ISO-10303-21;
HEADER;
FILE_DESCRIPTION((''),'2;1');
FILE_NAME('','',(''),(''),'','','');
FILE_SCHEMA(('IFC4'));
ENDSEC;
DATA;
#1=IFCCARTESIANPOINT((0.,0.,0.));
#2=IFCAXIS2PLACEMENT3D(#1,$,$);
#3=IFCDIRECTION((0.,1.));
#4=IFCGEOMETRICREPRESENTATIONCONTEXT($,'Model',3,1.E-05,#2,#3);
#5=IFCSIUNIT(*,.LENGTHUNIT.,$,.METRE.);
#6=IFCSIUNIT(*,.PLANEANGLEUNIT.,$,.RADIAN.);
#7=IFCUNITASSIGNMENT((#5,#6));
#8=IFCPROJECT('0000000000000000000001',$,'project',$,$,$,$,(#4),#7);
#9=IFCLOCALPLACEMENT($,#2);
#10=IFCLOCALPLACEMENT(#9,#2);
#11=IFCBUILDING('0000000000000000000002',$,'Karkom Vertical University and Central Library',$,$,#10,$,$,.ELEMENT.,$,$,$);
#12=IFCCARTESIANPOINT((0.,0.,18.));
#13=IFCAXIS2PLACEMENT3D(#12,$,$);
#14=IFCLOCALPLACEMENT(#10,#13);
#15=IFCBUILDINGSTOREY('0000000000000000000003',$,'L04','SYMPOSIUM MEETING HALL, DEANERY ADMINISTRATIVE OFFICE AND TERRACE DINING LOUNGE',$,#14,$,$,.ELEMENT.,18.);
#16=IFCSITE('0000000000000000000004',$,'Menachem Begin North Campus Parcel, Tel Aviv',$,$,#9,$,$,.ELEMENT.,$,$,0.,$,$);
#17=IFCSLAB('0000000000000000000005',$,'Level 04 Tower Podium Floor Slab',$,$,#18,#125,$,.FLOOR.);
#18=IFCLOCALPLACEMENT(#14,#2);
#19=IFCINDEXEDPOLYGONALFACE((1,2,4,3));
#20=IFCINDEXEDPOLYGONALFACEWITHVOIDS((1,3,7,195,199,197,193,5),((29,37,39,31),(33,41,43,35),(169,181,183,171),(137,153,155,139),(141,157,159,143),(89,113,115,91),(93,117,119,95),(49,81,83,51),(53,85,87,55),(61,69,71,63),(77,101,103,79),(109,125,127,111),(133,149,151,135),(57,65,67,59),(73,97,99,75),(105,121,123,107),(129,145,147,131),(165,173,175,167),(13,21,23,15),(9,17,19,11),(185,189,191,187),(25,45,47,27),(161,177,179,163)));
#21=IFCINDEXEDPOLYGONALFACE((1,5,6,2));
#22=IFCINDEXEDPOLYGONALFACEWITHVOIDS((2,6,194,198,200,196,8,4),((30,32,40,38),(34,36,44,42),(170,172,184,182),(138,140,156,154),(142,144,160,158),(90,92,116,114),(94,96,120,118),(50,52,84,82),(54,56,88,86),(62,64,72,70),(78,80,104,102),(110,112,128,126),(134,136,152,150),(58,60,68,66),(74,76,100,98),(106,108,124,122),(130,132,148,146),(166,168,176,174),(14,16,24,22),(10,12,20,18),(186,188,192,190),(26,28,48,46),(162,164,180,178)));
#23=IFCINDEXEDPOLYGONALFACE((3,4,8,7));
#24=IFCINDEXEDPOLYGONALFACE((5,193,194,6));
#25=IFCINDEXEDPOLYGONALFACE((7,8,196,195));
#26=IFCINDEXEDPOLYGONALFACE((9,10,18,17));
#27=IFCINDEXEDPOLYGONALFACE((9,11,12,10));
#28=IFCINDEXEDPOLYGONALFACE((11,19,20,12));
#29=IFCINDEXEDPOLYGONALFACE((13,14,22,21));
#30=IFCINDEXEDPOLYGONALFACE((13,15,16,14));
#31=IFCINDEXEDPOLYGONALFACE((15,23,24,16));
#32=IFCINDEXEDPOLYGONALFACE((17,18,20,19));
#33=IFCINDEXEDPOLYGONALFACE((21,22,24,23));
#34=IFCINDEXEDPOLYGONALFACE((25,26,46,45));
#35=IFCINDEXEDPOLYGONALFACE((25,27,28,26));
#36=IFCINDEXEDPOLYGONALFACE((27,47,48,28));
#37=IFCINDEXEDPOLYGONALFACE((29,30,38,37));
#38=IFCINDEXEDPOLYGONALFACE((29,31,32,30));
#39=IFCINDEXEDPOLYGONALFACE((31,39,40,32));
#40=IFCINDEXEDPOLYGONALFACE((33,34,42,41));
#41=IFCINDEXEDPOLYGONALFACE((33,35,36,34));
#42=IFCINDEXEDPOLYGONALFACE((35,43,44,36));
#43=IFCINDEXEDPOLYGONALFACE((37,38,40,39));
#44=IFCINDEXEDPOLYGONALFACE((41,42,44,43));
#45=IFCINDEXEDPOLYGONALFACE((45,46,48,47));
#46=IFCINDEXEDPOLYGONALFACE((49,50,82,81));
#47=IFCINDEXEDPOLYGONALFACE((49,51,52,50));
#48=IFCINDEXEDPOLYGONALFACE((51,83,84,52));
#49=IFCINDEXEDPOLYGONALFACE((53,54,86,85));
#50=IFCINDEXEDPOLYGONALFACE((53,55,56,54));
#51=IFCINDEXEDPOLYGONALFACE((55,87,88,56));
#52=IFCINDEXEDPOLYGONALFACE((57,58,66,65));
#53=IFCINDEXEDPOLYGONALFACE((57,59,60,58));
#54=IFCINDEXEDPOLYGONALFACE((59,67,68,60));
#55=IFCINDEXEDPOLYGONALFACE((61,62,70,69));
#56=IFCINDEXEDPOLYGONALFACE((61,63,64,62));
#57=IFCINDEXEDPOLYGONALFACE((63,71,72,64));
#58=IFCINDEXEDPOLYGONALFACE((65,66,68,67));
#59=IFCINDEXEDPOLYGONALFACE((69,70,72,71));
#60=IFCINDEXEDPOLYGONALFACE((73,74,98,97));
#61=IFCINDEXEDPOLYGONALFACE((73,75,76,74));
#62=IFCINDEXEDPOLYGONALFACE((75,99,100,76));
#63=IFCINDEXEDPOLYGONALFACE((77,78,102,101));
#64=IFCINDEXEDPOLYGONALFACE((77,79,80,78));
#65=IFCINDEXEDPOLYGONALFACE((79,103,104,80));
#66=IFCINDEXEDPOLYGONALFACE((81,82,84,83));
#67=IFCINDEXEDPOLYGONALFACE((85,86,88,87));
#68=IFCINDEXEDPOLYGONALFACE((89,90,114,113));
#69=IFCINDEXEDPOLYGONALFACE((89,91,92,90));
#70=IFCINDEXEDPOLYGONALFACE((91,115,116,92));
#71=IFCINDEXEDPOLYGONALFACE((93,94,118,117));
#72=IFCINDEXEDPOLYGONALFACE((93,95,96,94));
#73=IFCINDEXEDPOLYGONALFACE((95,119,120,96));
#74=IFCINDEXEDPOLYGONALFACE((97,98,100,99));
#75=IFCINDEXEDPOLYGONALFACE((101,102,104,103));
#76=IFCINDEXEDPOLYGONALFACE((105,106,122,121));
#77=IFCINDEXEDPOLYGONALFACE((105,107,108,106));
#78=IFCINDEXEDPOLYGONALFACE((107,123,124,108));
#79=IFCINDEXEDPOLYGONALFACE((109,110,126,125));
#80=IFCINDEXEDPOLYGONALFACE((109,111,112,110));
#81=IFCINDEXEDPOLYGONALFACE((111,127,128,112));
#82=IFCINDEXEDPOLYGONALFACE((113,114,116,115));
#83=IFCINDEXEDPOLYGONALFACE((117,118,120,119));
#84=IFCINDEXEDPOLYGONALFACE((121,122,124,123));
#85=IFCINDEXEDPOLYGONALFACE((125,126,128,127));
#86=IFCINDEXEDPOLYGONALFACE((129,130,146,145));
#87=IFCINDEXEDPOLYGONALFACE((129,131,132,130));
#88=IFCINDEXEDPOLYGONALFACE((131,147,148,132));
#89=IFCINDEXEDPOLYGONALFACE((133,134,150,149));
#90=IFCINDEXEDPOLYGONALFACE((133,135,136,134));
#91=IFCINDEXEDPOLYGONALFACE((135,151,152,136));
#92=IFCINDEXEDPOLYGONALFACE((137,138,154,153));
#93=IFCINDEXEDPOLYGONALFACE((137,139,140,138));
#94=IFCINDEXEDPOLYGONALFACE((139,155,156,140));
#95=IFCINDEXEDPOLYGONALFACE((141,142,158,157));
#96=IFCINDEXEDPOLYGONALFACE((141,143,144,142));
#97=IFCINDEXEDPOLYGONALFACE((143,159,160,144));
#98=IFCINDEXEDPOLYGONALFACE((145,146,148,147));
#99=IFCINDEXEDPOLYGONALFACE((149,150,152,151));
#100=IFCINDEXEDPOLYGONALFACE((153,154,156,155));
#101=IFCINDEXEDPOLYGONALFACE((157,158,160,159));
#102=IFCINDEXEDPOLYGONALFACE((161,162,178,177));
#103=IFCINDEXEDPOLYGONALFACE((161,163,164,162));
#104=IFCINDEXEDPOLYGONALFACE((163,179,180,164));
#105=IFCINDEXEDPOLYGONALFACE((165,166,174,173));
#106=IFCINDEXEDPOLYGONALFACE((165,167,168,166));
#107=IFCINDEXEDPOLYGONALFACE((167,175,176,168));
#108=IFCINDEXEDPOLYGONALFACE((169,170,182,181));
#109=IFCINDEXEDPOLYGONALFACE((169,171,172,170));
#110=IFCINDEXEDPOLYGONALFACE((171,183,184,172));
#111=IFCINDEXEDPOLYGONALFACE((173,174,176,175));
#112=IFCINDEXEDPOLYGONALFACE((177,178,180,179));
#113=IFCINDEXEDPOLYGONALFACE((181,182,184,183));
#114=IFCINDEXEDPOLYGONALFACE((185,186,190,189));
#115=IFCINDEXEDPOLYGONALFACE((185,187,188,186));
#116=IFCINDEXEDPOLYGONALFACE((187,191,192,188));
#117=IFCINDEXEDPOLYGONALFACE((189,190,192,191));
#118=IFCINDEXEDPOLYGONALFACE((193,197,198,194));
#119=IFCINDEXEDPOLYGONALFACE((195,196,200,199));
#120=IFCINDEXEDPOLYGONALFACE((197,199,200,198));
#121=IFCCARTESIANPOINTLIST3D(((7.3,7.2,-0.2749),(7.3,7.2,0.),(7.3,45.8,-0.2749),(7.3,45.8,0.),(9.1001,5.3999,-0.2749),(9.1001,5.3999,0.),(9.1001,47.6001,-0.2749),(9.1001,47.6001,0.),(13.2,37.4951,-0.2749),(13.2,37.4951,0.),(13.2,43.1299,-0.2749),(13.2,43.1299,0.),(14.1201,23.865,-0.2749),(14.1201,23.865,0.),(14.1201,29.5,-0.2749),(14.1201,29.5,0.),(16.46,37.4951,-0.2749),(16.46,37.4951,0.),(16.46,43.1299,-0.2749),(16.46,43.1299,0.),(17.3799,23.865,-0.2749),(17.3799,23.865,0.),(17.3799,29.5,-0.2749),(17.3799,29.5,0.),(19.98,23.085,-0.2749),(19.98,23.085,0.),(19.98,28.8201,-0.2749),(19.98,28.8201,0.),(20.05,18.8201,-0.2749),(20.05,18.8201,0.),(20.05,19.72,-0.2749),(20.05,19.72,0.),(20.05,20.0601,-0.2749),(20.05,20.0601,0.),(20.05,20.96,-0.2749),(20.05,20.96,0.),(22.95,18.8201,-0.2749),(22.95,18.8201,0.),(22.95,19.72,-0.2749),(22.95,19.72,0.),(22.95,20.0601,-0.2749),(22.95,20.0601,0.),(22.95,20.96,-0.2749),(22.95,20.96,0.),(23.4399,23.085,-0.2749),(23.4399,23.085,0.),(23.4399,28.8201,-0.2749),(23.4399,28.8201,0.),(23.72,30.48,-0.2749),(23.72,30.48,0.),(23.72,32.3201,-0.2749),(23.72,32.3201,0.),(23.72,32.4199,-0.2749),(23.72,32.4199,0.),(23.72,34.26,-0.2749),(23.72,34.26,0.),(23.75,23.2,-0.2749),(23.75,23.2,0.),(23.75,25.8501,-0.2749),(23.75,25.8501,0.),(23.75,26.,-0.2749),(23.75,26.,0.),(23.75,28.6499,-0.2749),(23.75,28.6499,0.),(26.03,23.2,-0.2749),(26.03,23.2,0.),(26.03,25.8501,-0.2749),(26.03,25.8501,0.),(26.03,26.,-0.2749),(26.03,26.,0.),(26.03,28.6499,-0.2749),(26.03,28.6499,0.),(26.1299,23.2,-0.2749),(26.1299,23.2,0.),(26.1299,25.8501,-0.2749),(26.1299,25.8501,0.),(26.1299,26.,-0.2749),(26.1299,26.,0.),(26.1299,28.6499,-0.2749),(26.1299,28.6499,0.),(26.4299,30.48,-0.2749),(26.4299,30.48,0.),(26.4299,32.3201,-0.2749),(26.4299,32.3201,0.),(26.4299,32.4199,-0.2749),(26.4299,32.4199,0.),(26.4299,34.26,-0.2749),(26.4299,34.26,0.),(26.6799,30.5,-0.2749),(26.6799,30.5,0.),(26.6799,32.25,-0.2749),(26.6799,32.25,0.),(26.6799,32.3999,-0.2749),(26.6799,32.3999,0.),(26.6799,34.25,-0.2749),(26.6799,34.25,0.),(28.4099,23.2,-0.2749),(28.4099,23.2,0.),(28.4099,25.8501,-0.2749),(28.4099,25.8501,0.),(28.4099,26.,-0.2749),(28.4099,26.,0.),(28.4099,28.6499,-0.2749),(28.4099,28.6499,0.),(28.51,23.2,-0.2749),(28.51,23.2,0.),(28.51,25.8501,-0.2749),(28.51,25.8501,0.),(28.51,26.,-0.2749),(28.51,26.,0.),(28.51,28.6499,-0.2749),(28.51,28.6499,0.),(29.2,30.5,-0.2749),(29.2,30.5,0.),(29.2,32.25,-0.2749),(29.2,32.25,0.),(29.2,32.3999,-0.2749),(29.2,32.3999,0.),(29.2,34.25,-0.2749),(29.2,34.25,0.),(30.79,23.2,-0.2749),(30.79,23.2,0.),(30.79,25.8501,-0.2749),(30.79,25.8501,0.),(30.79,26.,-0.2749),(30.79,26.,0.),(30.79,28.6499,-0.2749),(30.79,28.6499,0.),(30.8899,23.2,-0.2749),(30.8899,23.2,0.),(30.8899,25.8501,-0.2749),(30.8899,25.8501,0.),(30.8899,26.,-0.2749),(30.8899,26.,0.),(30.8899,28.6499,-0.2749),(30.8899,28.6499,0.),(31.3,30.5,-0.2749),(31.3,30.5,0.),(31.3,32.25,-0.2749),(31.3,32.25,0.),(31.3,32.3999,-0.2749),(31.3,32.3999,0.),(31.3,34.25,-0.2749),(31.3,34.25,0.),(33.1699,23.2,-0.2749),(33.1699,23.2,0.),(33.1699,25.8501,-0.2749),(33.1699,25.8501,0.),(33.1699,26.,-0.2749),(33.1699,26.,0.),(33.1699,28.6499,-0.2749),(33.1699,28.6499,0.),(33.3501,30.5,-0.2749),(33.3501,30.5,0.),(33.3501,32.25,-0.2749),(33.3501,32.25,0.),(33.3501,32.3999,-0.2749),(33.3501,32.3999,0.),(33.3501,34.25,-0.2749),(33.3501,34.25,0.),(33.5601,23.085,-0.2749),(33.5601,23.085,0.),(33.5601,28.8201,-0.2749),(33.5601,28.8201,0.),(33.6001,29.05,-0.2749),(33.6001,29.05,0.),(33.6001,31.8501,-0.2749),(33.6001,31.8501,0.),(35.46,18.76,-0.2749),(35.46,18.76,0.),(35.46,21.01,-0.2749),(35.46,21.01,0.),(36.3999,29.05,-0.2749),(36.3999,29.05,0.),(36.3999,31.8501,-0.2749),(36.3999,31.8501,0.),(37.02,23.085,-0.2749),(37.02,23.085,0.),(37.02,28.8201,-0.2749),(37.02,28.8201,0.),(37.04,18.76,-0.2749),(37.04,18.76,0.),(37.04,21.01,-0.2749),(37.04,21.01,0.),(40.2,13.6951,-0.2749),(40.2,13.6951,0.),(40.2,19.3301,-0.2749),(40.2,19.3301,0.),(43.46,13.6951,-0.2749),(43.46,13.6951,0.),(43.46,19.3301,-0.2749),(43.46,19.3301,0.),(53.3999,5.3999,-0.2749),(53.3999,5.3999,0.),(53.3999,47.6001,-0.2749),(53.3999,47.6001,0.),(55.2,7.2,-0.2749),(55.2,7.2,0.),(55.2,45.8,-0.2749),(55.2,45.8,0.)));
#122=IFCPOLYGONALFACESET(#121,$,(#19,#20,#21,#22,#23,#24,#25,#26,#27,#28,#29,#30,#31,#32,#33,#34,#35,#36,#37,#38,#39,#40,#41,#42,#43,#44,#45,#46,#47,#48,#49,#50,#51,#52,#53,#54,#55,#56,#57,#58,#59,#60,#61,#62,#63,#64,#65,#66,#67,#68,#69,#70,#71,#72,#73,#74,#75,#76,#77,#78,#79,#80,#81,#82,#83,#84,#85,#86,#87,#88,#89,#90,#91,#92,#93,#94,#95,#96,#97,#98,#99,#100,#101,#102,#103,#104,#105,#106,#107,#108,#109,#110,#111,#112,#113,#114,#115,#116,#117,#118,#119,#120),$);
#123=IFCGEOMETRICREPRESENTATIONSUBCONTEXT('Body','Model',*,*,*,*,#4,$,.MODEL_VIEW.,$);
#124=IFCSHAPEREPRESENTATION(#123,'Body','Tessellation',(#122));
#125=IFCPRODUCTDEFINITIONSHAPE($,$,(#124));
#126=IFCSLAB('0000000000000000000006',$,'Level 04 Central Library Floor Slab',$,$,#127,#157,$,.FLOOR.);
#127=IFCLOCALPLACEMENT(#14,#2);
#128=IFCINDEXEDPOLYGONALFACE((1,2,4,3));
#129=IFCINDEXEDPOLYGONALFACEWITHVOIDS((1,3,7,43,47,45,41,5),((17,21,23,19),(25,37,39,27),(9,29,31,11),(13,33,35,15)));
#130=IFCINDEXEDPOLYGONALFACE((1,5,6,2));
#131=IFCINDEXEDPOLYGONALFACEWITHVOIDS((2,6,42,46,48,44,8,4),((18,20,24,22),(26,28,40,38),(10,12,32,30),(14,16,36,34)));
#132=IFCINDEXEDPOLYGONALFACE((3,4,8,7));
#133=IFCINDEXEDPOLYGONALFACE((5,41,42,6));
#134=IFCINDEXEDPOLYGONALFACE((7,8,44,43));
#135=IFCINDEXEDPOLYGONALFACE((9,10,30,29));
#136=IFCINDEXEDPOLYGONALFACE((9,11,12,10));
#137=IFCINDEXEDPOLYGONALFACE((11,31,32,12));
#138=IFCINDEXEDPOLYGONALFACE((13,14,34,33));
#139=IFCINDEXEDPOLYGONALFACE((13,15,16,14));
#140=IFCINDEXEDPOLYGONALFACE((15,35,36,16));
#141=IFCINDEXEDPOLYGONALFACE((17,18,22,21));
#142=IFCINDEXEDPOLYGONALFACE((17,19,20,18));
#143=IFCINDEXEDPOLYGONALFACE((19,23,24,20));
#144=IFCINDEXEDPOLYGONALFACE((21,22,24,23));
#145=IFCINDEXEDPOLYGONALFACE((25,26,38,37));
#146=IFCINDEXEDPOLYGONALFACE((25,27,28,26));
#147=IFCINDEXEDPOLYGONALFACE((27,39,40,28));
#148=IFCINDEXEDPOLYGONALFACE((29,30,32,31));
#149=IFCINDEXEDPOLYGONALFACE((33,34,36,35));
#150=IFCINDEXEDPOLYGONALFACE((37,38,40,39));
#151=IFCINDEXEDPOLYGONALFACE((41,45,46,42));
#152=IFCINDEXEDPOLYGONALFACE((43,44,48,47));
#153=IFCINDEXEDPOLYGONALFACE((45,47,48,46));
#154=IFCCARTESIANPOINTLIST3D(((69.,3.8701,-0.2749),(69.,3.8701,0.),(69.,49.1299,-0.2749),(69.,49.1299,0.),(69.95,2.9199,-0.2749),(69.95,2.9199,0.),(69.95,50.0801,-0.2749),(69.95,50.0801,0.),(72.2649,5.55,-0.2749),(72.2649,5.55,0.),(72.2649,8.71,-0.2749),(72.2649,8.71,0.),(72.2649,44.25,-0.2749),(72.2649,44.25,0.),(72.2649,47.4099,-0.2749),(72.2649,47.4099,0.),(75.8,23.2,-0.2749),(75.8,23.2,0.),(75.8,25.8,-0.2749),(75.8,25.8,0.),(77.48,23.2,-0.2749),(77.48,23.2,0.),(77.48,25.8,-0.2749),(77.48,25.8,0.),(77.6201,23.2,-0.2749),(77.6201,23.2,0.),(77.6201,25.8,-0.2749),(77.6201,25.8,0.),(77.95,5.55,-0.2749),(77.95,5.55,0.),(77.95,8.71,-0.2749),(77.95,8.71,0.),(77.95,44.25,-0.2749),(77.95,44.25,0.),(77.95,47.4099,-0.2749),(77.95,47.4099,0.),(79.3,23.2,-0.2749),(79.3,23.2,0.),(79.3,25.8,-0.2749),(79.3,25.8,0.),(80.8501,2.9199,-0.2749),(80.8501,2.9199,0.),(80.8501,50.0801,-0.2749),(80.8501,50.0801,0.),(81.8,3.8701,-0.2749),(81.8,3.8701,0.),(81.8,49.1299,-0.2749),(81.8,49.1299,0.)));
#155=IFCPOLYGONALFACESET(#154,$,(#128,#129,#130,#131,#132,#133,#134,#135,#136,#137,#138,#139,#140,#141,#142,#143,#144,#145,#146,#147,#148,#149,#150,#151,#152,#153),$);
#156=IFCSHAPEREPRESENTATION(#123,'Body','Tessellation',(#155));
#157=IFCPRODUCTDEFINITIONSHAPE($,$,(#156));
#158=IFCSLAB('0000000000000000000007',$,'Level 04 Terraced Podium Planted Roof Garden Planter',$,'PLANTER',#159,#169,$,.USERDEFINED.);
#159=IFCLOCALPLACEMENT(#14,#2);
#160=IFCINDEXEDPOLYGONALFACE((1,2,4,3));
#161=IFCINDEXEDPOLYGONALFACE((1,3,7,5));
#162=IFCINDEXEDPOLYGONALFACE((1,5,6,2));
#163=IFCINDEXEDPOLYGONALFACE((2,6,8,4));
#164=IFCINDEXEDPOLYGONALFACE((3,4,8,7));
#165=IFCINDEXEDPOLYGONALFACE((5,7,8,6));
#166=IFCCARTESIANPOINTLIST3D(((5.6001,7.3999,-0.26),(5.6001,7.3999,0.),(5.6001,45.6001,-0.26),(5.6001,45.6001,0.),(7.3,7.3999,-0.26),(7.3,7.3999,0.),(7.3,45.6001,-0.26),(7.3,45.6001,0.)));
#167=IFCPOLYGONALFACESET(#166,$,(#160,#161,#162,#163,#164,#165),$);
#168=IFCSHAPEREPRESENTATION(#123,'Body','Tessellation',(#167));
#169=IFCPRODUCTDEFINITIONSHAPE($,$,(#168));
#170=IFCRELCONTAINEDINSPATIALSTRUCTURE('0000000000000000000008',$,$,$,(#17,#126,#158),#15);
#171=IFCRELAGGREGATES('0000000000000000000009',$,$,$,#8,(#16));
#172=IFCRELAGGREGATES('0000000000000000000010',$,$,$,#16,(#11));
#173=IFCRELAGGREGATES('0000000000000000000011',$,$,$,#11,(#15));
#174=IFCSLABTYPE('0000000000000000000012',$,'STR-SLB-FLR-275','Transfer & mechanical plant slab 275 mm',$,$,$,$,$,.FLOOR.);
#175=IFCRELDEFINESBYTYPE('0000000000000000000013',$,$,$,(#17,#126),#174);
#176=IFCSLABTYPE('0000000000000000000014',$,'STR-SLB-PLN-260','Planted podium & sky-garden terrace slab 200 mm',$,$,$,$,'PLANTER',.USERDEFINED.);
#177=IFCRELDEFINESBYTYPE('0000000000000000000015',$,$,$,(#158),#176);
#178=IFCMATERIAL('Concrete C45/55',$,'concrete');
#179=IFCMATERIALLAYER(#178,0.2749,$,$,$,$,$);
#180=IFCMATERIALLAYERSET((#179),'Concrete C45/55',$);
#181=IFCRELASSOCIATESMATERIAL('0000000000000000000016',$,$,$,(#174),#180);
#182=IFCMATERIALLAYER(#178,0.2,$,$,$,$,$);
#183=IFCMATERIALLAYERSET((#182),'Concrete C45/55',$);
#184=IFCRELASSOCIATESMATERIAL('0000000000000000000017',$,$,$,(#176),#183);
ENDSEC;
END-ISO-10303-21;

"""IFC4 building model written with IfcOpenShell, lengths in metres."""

from ifc_helpers import new_model, si_unit, direction, frame, origin, place, context, subcontext, project, spatial, polyline, outline, extrude, material, layer, layer_set, type_object, element, save


model = new_model("IFC4")

# Units and contexts
model_context = context("Model", 3, precision=1e-05, world=origin(), true_north=direction((0.0, 1.0)))
body_context = subcontext(model_context, "Body", "Model", "MODEL_VIEW")
ifc_project = project(units=[si_unit("LENGTHUNIT", "METRE"), si_unit("PLANEANGLEUNIT", "RADIAN")], contexts=[model_context])

# Site, building, storey
site_placement = place(None, origin())
site = spatial("IfcSite", under=ifc_project, at=site_placement, Name="Menachem Begin North Campus Parcel, Tel Aviv", CompositionType="ELEMENT", RefElevation=0.0)
building_placement = place(site_placement, origin())
building = spatial("IfcBuilding", under=site, at=building_placement, Name="Karkom Vertical University and Central Library", CompositionType="ELEMENT")
storey_placement = place(building_placement, frame((0.0, 0.0, 18.0)))
storey = spatial("IfcBuildingStorey", under=building, at=storey_placement, Name="L04", Description="SYMPOSIUM MEETING HALL, DEANERY ADMINISTRATIVE OFFICE AND TERRACE DINING LOUNGE", CompositionType="ELEMENT", Elevation=18.0)

# Shared definitions
ifc_material_1 = material(Name="Concrete C45/55", Category="concrete")

# Slabs
ifc_layer_1 = layer(ifc_material_1, 0.2749)
ifc_layer_set_1 = layer_set([ifc_layer_1], Name="Concrete C45/55")
slab_type_1 = type_object("IfcSlabType", Name="STR-SLB-FLR-275", Description="Transfer & mechanical plant slab 275 mm", PredefinedType="FLOOR", material=ifc_layer_set_1)
slab_1_placement = place(storey_placement, frame((0.0, 0.0, -0.2749)))
element("IfcSlab", 1, at=slab_1_placement, inside=storey, type_object=slab_type_1, Name="Level 04 Tower Podium Floor Slab", PredefinedType="FLOOR", context=body_context, shape_type="SweptSolid", body=[
    extrude(outline(polyline([(9.1001, 5.3999), (53.3999, 5.3999), (55.2, 7.2), (55.2, 45.8), (53.3999, 47.6001), (9.1001, 47.6001), (7.3, 45.8), (7.3, 7.2), (9.1001, 5.3999)]), holes=[polyline([(19.98, 23.085), (23.4399, 23.085), (23.4399, 28.8201), (19.98, 28.8201), (19.98, 23.085)]), polyline([(33.5601, 23.085), (37.02, 23.085), (37.02, 28.8201), (33.5601, 28.8201), (33.5601, 23.085)]), polyline([(14.1201, 23.865), (17.3799, 23.865), (17.3799, 29.5), (14.1201, 29.5), (14.1201, 23.865)]), polyline([(40.2, 13.6951), (43.46, 13.6951), (43.46, 19.3301), (40.2, 19.3301), (40.2, 13.6951)]), polyline([(13.2, 37.4951), (16.46, 37.4951), (16.46, 43.1299), (13.2, 43.1299), (13.2, 37.4951)]), polyline([(23.75, 23.2), (26.03, 23.2), (26.03, 25.8501), (23.75, 25.8501), (23.75, 23.2)]), polyline([(26.1299, 23.2), (28.4099, 23.2), (28.4099, 25.8501), (26.1299, 25.8501), (26.1299, 23.2)]), polyline([(28.51, 23.2), (30.79, 23.2), (30.79, 25.8501), (28.51, 25.8501), (28.51, 23.2)]), polyline([(30.8899, 23.2), (33.1699, 23.2), (33.1699, 25.8501), (30.8899, 25.8501), (30.8899, 23.2)]), polyline([(23.75, 26.0), (26.03, 26.0), (26.03, 28.6499), (23.75, 28.6499), (23.75, 26.0)]), polyline([(26.1299, 26.0), (28.4099, 26.0), (28.4099, 28.6499), (26.1299, 28.6499), (26.1299, 26.0)]), polyline([(28.51, 26.0), (30.79, 26.0), (30.79, 28.6499), (28.51, 28.6499), (28.51, 26.0)]), polyline([(30.8899, 26.0), (33.1699, 26.0), (33.1699, 28.6499), (30.8899, 28.6499), (30.8899, 26.0)]), polyline([(26.6799, 30.5), (29.2, 30.5), (29.2, 32.25), (26.6799, 32.25), (26.6799, 30.5)]), polyline([(26.6799, 32.3999), (29.2, 32.3999), (29.2, 34.25), (26.6799, 34.25), (26.6799, 32.3999)]), polyline([(31.3, 30.5), (33.3501, 30.5), (33.3501, 32.25), (31.3, 32.25), (31.3, 30.5)]), polyline([(31.3, 32.3999), (33.3501, 32.3999), (33.3501, 34.25), (31.3, 34.25), (31.3, 32.3999)]), polyline([(23.72, 30.48), (26.4299, 30.48), (26.4299, 32.3201), (23.72, 32.3201), (23.72, 30.48)]), polyline([(23.72, 32.4199), (26.4299, 32.4199), (26.4299, 34.26), (23.72, 34.26), (23.72, 32.4199)]), polyline([(33.6001, 29.05), (36.3999, 29.05), (36.3999, 31.8501), (33.6001, 31.8501), (33.6001, 29.05)]), polyline([(20.05, 18.8201), (22.95, 18.8201), (22.95, 19.72), (20.05, 19.72), (20.05, 18.8201)]), polyline([(20.05, 20.0601), (22.95, 20.0601), (22.95, 20.96), (20.05, 20.96), (20.05, 20.0601)]), polyline([(35.46, 18.76), (37.04, 18.76), (37.04, 21.01), (35.46, 21.01), (35.46, 18.76)])]), origin(), (0.0, 0.0, 1.0), 0.2749),
])
slab_2_placement = place(storey_placement, frame((0.0, 0.0, -0.2749)))
element("IfcSlab", 2, at=slab_2_placement, inside=storey, type_object=slab_type_1, Name="Level 04 Central Library Floor Slab", PredefinedType="FLOOR", context=body_context, shape_type="SweptSolid", body=[
    extrude(outline(polyline([(69.95, 2.9199), (80.8501, 2.9199), (81.8, 3.8701), (81.8, 49.1299), (80.8501, 50.0801), (69.95, 50.0801), (69.0, 49.1299), (69.0, 3.8701), (69.95, 2.9199)]), holes=[polyline([(72.2649, 5.55), (77.95, 5.55), (77.95, 8.71), (72.2649, 8.71), (72.2649, 5.55)]), polyline([(72.2649, 44.25), (77.95, 44.25), (77.95, 47.4099), (72.2649, 47.4099), (72.2649, 44.25)]), polyline([(75.8, 23.2), (77.48, 23.2), (77.48, 25.8), (75.8, 25.8), (75.8, 23.2)]), polyline([(77.6201, 23.2), (79.3, 23.2), (79.3, 25.8), (77.6201, 25.8), (77.6201, 23.2)])]), origin(), (0.0, 0.0, 1.0), 0.2749),
])
ifc_layer_2 = layer(ifc_material_1, 0.2)
ifc_layer_set_2 = layer_set([ifc_layer_2], Name="Concrete C45/55")
slab_type_2 = type_object("IfcSlabType", Name="STR-SLB-PLN-260", Description="Planted podium & sky-garden terrace slab 200 mm", ElementType="PLANTER", PredefinedType="USERDEFINED", material=ifc_layer_set_2)
slab_3_placement = place(storey_placement, frame((0.0, 0.0, -0.26)))
element("IfcSlab", 3, at=slab_3_placement, inside=storey, type_object=slab_type_2, Name="Level 04 Terraced Podium Planted Roof Garden Planter", ObjectType="PLANTER", PredefinedType="USERDEFINED", context=body_context, shape_type="SweptSolid", body=[
    extrude(outline(polyline([(5.6001, 7.3999), (7.3, 7.3999), (7.3, 45.6001), (5.6001, 45.6001), (5.6001, 7.3999)])), origin(), (0.0, 0.0, 1.0), 0.26),
])

save(model, "model.ifc")
